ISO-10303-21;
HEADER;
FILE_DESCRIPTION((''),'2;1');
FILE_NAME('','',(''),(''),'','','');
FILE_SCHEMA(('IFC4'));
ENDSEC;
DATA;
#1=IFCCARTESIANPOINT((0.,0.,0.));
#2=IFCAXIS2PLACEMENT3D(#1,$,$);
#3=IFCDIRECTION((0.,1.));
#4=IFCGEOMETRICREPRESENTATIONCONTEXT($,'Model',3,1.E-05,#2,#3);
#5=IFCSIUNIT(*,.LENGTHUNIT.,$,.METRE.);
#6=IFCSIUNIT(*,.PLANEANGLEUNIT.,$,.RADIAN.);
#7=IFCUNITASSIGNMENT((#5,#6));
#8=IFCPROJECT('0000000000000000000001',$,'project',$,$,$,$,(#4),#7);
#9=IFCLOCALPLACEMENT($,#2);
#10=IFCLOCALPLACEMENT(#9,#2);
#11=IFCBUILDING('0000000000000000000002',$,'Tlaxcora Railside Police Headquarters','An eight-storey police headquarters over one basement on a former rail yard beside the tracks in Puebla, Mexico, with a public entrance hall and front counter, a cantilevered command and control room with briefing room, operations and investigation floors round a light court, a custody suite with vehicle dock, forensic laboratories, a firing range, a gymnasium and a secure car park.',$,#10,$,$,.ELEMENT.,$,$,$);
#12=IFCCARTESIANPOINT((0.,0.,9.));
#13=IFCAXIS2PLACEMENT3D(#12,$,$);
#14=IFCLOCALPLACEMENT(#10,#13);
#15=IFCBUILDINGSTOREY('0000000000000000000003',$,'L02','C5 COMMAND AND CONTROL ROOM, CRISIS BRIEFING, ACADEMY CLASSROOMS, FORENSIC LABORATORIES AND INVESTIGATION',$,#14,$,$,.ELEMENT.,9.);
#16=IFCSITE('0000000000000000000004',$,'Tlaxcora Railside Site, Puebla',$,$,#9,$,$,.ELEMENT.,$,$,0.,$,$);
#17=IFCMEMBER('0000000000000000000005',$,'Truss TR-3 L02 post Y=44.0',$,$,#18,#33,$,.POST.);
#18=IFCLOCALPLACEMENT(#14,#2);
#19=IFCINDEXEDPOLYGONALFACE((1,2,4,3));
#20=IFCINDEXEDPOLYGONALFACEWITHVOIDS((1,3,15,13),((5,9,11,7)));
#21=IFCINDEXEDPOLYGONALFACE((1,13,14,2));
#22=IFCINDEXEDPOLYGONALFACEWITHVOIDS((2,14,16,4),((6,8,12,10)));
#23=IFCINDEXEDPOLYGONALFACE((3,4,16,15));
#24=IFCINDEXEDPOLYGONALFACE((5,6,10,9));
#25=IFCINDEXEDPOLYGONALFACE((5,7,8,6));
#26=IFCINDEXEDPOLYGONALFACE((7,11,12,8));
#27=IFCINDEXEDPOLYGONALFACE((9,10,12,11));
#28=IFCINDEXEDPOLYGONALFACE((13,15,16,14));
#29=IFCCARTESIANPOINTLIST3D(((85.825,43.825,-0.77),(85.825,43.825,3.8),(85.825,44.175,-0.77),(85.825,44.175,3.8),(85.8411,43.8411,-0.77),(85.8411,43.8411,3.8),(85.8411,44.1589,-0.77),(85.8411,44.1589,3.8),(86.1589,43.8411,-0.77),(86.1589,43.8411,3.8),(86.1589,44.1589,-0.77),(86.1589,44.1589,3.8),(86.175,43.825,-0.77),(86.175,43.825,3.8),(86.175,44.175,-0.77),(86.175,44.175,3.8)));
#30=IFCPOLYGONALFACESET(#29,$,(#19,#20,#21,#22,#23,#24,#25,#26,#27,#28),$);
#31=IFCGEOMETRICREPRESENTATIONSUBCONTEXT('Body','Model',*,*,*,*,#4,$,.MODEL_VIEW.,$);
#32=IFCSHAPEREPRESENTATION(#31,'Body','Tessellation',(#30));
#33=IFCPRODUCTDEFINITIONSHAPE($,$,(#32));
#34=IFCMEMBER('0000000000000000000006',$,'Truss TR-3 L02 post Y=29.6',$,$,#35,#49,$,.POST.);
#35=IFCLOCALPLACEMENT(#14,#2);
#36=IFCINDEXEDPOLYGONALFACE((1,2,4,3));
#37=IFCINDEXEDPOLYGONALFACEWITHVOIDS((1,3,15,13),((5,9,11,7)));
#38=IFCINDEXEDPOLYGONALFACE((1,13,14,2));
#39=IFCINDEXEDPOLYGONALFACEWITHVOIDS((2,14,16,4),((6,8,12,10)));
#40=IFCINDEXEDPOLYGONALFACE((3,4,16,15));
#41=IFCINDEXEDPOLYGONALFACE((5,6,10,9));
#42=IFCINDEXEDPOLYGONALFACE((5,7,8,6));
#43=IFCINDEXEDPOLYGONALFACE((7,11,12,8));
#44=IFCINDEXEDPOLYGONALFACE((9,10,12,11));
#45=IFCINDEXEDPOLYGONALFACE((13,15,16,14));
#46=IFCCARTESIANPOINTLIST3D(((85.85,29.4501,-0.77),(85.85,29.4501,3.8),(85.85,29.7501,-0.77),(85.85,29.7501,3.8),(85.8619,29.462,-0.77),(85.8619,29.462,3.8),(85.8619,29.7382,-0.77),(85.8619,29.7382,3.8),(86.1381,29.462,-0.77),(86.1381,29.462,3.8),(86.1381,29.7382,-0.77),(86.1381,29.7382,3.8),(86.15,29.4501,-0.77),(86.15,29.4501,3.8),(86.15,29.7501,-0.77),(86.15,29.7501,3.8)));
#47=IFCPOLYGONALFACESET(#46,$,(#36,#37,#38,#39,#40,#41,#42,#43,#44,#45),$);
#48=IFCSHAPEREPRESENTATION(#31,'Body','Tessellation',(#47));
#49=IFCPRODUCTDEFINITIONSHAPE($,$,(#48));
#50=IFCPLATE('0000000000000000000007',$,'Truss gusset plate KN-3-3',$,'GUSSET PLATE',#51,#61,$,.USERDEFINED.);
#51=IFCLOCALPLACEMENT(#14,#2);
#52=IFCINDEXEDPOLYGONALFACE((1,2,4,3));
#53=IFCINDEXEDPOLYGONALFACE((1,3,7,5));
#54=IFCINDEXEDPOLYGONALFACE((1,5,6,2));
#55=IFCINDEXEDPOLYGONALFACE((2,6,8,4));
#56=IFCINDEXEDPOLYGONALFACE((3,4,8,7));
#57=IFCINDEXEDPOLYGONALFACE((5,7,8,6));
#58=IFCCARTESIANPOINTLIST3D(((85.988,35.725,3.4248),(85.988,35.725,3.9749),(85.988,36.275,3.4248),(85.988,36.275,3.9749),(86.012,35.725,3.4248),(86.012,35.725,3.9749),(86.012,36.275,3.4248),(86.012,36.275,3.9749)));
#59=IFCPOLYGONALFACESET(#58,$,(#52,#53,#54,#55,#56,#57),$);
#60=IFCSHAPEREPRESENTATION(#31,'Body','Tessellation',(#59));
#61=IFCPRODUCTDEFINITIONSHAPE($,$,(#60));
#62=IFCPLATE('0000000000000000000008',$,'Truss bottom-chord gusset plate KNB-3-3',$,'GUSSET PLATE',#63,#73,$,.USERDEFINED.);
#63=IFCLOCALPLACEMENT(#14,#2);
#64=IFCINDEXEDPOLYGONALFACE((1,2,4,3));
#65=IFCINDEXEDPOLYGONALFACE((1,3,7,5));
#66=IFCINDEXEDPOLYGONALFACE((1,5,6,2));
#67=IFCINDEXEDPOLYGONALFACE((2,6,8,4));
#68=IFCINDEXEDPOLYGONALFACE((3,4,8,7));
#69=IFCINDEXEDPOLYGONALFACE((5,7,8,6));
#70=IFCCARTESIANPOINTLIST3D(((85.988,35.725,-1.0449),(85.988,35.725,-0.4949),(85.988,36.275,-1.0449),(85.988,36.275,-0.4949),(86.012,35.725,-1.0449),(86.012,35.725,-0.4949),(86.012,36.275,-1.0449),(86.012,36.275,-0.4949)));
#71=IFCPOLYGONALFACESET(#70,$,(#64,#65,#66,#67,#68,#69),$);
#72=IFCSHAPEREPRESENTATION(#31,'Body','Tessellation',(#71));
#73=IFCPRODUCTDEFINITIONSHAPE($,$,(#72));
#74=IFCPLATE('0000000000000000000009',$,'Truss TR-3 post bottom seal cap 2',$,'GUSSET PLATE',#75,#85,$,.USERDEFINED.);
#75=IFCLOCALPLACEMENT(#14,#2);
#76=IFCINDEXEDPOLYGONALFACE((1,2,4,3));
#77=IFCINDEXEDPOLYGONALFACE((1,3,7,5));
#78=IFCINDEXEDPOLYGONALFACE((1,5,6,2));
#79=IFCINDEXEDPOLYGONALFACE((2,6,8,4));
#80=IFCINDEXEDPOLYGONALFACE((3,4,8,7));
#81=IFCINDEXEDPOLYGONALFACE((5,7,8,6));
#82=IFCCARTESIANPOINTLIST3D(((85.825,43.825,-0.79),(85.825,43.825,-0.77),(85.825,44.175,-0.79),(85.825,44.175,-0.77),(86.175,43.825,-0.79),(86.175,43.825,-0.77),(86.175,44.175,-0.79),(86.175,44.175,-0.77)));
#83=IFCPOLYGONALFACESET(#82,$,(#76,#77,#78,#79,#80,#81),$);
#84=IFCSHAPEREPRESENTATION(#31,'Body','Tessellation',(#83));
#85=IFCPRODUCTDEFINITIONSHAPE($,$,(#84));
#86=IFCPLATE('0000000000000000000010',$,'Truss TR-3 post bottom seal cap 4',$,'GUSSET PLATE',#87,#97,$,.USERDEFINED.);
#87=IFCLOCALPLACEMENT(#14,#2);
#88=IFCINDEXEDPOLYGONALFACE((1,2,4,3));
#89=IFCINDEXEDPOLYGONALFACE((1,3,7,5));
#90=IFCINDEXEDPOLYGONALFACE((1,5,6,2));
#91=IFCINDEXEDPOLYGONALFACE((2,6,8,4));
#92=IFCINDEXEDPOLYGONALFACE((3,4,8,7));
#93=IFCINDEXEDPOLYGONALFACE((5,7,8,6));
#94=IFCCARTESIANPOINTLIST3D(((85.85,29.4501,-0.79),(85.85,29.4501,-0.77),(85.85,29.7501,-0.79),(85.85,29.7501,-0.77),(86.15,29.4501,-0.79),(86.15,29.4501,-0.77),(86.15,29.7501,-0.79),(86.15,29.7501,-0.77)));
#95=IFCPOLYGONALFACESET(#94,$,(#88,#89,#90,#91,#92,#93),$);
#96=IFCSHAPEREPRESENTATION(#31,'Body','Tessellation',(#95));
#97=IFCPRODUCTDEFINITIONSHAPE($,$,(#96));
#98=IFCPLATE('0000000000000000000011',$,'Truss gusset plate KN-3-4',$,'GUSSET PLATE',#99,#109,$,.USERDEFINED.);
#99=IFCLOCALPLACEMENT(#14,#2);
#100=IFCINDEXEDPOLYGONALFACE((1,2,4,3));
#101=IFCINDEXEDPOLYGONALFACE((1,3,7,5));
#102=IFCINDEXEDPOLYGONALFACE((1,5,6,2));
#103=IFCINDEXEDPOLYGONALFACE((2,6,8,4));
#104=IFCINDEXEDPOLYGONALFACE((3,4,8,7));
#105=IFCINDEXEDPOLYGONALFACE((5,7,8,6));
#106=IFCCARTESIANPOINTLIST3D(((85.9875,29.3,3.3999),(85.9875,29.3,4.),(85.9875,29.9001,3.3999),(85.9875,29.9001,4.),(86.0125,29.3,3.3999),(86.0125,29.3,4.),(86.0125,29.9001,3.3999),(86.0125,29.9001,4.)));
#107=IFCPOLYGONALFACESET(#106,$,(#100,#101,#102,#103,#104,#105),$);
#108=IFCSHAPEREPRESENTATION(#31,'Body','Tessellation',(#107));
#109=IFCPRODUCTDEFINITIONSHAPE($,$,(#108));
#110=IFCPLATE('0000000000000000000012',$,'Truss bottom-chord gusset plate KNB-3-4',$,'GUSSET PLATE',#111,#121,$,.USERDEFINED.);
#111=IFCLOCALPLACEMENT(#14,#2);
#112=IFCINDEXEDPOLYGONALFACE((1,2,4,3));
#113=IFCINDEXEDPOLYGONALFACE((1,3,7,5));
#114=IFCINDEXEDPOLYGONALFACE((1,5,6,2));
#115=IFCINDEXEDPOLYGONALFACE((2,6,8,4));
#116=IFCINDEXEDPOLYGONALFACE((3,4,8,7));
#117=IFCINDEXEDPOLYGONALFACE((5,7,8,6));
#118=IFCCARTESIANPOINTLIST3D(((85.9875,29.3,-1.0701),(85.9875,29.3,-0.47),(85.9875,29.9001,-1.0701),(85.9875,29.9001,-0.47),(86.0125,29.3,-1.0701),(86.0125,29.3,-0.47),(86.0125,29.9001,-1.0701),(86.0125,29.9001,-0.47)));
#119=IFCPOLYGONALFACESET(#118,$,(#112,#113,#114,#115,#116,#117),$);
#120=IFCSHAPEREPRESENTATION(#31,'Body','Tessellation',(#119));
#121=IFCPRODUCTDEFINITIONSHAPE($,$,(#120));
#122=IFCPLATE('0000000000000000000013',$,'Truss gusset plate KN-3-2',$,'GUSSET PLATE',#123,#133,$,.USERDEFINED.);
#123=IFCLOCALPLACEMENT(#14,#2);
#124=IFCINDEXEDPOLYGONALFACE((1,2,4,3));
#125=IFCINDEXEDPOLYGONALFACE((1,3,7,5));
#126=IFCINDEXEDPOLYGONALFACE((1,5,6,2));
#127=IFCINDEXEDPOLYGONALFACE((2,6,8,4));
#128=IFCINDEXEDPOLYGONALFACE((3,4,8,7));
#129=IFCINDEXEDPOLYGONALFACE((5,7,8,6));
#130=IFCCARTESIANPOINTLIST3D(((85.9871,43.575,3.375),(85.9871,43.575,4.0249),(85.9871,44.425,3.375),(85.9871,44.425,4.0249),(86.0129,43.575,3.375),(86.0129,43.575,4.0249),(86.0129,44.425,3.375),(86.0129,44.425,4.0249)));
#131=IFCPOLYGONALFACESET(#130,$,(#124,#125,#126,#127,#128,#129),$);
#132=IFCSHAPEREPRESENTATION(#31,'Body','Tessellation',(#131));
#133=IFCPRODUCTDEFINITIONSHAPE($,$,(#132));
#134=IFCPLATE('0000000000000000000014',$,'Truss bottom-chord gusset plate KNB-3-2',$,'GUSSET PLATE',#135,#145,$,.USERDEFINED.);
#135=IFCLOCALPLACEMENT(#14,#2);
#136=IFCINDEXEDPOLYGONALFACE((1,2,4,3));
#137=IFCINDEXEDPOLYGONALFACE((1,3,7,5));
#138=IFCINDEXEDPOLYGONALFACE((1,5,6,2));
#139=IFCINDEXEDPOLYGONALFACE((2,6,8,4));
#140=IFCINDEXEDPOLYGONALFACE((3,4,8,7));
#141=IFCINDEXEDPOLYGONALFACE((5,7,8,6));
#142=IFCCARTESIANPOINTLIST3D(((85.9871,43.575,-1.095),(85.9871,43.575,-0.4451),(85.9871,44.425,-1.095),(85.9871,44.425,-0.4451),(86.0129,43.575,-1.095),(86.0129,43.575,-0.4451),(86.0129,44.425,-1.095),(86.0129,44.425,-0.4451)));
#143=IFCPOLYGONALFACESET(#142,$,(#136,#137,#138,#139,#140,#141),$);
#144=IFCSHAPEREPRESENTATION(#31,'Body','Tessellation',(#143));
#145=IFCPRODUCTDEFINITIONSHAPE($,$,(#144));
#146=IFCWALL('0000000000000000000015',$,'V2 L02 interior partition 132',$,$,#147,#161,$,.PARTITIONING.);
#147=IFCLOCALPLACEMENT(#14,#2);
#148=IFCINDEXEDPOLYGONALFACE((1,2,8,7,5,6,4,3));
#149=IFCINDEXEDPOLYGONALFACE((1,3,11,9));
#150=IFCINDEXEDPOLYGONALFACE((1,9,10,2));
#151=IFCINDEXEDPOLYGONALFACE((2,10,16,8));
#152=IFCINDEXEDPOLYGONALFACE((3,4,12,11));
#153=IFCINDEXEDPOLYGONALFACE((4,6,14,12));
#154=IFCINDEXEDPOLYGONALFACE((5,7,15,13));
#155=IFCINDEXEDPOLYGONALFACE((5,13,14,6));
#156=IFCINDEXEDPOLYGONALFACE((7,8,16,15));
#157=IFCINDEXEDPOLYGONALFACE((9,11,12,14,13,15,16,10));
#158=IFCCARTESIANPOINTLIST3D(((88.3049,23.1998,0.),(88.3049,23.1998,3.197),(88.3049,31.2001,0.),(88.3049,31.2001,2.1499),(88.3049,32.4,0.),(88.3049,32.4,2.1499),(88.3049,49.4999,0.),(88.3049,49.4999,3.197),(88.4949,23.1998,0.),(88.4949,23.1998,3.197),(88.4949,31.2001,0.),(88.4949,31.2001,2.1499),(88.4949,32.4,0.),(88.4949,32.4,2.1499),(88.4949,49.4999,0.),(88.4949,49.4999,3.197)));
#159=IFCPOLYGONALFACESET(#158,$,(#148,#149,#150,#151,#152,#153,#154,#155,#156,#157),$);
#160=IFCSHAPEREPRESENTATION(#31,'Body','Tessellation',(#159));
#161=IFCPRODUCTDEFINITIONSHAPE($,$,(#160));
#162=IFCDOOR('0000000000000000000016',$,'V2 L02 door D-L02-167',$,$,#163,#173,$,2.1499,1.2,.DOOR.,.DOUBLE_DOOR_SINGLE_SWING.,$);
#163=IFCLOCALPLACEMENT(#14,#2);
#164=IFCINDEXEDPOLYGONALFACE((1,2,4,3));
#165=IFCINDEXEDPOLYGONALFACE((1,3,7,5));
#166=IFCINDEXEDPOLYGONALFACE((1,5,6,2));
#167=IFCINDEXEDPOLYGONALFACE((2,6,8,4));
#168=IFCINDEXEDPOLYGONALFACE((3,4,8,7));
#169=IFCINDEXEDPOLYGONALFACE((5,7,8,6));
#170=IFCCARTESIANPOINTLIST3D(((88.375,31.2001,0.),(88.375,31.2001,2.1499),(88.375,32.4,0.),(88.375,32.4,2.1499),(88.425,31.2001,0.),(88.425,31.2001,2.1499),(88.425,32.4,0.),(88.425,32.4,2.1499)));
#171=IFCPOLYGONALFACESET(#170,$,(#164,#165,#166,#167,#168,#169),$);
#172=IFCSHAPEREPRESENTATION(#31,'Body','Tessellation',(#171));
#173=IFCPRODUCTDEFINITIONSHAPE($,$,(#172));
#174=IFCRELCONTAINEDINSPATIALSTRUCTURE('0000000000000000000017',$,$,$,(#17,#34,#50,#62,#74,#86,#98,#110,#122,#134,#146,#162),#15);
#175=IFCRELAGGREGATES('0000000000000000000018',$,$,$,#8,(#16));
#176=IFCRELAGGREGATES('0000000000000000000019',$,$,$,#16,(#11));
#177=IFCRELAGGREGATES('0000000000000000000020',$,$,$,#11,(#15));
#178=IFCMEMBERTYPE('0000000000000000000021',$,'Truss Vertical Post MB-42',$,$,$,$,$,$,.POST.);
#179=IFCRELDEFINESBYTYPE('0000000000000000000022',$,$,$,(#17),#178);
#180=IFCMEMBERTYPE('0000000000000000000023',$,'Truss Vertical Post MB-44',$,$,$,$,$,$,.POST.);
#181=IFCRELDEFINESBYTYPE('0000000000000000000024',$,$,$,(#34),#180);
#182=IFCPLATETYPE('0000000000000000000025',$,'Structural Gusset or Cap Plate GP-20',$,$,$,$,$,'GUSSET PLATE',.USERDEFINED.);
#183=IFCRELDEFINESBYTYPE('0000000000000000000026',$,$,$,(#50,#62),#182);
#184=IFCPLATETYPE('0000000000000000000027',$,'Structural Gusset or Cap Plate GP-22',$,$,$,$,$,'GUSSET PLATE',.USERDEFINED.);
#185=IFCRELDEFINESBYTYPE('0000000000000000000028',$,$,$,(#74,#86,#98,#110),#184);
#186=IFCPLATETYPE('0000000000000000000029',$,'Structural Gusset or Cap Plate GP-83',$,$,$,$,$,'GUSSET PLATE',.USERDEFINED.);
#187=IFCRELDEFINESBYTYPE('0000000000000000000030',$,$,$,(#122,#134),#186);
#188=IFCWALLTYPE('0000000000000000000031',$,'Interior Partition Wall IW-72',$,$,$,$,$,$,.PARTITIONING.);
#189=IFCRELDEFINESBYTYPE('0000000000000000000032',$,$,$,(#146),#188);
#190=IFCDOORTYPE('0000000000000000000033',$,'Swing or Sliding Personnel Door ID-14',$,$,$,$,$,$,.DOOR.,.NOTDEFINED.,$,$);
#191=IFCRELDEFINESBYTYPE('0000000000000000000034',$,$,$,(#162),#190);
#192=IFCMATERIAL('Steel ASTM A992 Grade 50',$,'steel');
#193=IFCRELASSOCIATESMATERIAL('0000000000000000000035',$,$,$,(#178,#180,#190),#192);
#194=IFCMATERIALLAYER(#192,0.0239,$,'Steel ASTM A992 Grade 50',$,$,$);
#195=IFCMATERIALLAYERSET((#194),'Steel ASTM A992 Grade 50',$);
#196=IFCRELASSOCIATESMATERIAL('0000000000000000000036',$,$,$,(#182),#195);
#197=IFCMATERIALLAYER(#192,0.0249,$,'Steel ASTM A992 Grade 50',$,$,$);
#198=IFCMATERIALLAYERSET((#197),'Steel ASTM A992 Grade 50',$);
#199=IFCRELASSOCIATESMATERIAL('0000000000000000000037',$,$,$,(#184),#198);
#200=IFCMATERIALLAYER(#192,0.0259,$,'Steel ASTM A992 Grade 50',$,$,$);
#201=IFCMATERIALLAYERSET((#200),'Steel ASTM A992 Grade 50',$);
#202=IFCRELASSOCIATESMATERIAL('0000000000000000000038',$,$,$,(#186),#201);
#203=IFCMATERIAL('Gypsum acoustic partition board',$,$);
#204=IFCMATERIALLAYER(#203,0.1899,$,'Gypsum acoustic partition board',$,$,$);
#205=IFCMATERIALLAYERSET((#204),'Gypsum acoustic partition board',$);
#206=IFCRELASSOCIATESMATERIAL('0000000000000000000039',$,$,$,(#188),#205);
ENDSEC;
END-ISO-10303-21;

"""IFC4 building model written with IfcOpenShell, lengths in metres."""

from ifc_helpers import new_model, si_unit, direction, frame, frame_2d, origin, origin_2d, place, context, subcontext, project, spatial, rectangle, hollow_rectangle, extrude, material, layer, layer_set, material_profile, profile_set, type_object, element, fill, save


model = new_model("IFC4")

# Units and contexts
model_context = context("Model", 3, precision=1e-05, world=origin(), true_north=direction((0.0, 1.0)))
body_context = subcontext(model_context, "Body", "Model", "MODEL_VIEW")
ifc_project = project(units=[si_unit("LENGTHUNIT", "METRE"), si_unit("PLANEANGLEUNIT", "RADIAN")], contexts=[model_context])

# Site, building, storey
site_placement = place(None, origin())
site = spatial("IfcSite", under=ifc_project, at=site_placement, Name="Tlaxcora Railside Site, Puebla", CompositionType="ELEMENT", RefElevation=0.0)
building_placement = place(site_placement, origin())
building = spatial("IfcBuilding", under=site, at=building_placement, Name="Tlaxcora Railside Police Headquarters", Description="An eight-storey police headquarters over one basement on a former rail yard beside the tracks in Puebla, Mexico, with a public entrance hall and front counter, a cantilevered command and control room with briefing room, operations and investigation floors round a light court, a custody suite with vehicle dock, forensic laboratories, a firing range, a gymnasium and a secure car park.", CompositionType="ELEMENT")
storey_placement = place(building_placement, frame((0.0, 0.0, 9.0)))
storey = spatial("IfcBuildingStorey", under=building, at=storey_placement, Name="L02", Description="C5 COMMAND AND CONTROL ROOM, CRISIS BRIEFING, ACADEMY CLASSROOMS, FORENSIC LABORATORIES AND INVESTIGATION", CompositionType="ELEMENT", Elevation=9.0)

# Shared definitions
ifc_material_1 = material(Name="Steel ASTM A992 Grade 50", Category="steel")

# Members
ifc_material_profile_1 = material_profile(ifc_material_1, hollow_rectangle(XDim=0.3501, YDim=0.3501, WallThickness=0.0161, at=origin_2d()), Name="HSS350X350X16")
ifc_profile_set_1 = profile_set([ifc_material_profile_1], Name="Steel ASTM A992 Grade 50")
member_type_1 = type_object("IfcMemberType", Name="Truss Vertical Post MB-42", PredefinedType="POST", material=ifc_profile_set_1)
member_1_placement = place(storey_placement, frame((86.0, 44.0, -0.77), z_axis=(0.0, 0.0, 1.0), x_axis=(1.0, 0.0, 0.0)))
element("IfcMember", 1, at=member_1_placement, inside=storey, type_object=member_type_1, Name="Truss TR-3 L02 post Y=44.0", PredefinedType="POST", context=body_context, shape_type="SweptSolid", body=[
    extrude(hollow_rectangle(XDim=0.3501, YDim=0.3501, WallThickness=0.0161, at=origin_2d()), origin(), (0.0, 0.0, 1.0), 4.5701),
])
ifc_material_profile_2 = material_profile(ifc_material_1, hollow_rectangle(XDim=0.3, YDim=0.3, WallThickness=0.012, at=origin_2d()), Name="HSS300X300X12")
ifc_profile_set_2 = profile_set([ifc_material_profile_2], Name="Steel ASTM A992 Grade 50")
member_type_2 = type_object("IfcMemberType", Name="Truss Vertical Post MB-44", PredefinedType="POST", material=ifc_profile_set_2)
member_2_placement = place(storey_placement, frame((86.0, 29.6001, -0.77), z_axis=(0.0, 0.0, 1.0), x_axis=(1.0, 0.0, 0.0)))
element("IfcMember", 2, at=member_2_placement, inside=storey, type_object=member_type_2, Name="Truss TR-3 L02 post Y=29.6", PredefinedType="POST", context=body_context, shape_type="SweptSolid", body=[
    extrude(hollow_rectangle(XDim=0.3, YDim=0.3, WallThickness=0.012, at=origin_2d()), origin(), (0.0, 0.0, 1.0), 4.5701),
])

# Plates
ifc_layer_1 = layer(ifc_material_1, 0.0239, Name="Steel ASTM A992 Grade 50")
ifc_layer_set_1 = layer_set([ifc_layer_1], Name="Steel ASTM A992 Grade 50")
plate_type_1 = type_object("IfcPlateType", Name="Structural Gusset or Cap Plate GP-20", ElementType="GUSSET PLATE", PredefinedType="USERDEFINED", material=ifc_layer_set_1)
for number, where, z_axis, x_axis, name in (
    (3, (86.0, 36.0, 3.4248), (0.0, 0.0, 1.0), (0.0, 1.0, 0.0), "Truss gusset plate KN-3-3"),
    (4, (86.0, 36.0, -1.0449), (0.0, 0.0, 1.0), (0.0, 1.0, 0.0), "Truss bottom-chord gusset plate KNB-3-3"),
):
    element("IfcPlate", number, at=place(storey_placement, frame(where, z_axis=z_axis, x_axis=x_axis)), inside=storey, type_object=plate_type_1, Name=name, ObjectType="GUSSET PLATE", PredefinedType="USERDEFINED", context=body_context, shape_type="SweptSolid", body=[
        extrude(rectangle(XDim=0.55, YDim=0.0239, at=origin_2d()), origin(), (0.0, 0.0, 1.0), 0.55),
    ])
ifc_layer_2 = layer(ifc_material_1, 0.0249, Name="Steel ASTM A992 Grade 50")
ifc_layer_set_2 = layer_set([ifc_layer_2], Name="Steel ASTM A992 Grade 50")
plate_type_2 = type_object("IfcPlateType", Name="Structural Gusset or Cap Plate GP-22", ElementType="GUSSET PLATE", PredefinedType="USERDEFINED", material=ifc_layer_set_2)
plate_1_placement = place(storey_placement, frame((86.0, 44.0, -0.79), z_axis=(0.0, 0.0, 1.0), x_axis=(1.0, 0.0, 0.0)))
element("IfcPlate", 5, at=plate_1_placement, inside=storey, type_object=plate_type_2, Name="Truss TR-3 post bottom seal cap 2", ObjectType="GUSSET PLATE", PredefinedType="USERDEFINED", context=body_context, shape_type="SweptSolid", body=[
    extrude(rectangle(XDim=0.3501, YDim=0.3501, at=origin_2d()), origin(), (0.0, 0.0, 1.0), 0.02),
])
plate_2_placement = place(storey_placement, frame((86.0, 29.6001, -0.79), z_axis=(0.0, 0.0, 1.0), x_axis=(1.0, 0.0, 0.0)))
element("IfcPlate", 6, at=plate_2_placement, inside=storey, type_object=plate_type_2, Name="Truss TR-3 post bottom seal cap 4", ObjectType="GUSSET PLATE", PredefinedType="USERDEFINED", context=body_context, shape_type="SweptSolid", body=[
    extrude(rectangle(XDim=0.3, YDim=0.3, at=origin_2d()), origin(), (0.0, 0.0, 1.0), 0.02),
])
for number, where, z_axis, x_axis, name in (
    (7, (86.0, 29.6001, 3.3999), (0.0, 0.0, 1.0), (0.0, 1.0, 0.0), "Truss gusset plate KN-3-4"),
    (8, (86.0, 29.6001, -1.0701), (0.0, 0.0, 1.0), (0.0, 1.0, 0.0), "Truss bottom-chord gusset plate KNB-3-4"),
):
    element("IfcPlate", number, at=place(storey_placement, frame(where, z_axis=z_axis, x_axis=x_axis)), inside=storey, type_object=plate_type_2, Name=name, ObjectType="GUSSET PLATE", PredefinedType="USERDEFINED", context=body_context, shape_type="SweptSolid", body=[
        extrude(rectangle(XDim=0.6001, YDim=0.0249, at=origin_2d()), origin(), (0.0, 0.0, 1.0), 0.6001),
    ])
ifc_layer_3 = layer(ifc_material_1, 0.0259, Name="Steel ASTM A992 Grade 50")
ifc_layer_set_3 = layer_set([ifc_layer_3], Name="Steel ASTM A992 Grade 50")
plate_type_3 = type_object("IfcPlateType", Name="Structural Gusset or Cap Plate GP-83", ElementType="GUSSET PLATE", PredefinedType="USERDEFINED", material=ifc_layer_set_3)
for number, where, z_axis, x_axis, name in (
    (9, (86.0, 44.0, 3.375), (0.0, 0.0, 1.0), (0.0, 1.0, 0.0), "Truss gusset plate KN-3-2"),
    (10, (86.0, 44.0, -1.095), (0.0, 0.0, 1.0), (0.0, 1.0, 0.0), "Truss bottom-chord gusset plate KNB-3-2"),
):
    element("IfcPlate", number, at=place(storey_placement, frame(where, z_axis=z_axis, x_axis=x_axis)), inside=storey, type_object=plate_type_3, Name=name, ObjectType="GUSSET PLATE", PredefinedType="USERDEFINED", context=body_context, shape_type="SweptSolid", body=[
        extrude(rectangle(XDim=0.8501, YDim=0.0259, at=origin_2d()), origin(), (0.0, 0.0, 1.0), 0.6499),
    ])

# Wall, opening, door
ifc_material_2 = material(Name="Gypsum acoustic partition board")
ifc_layer_4 = layer(ifc_material_2, 0.1899, Name="Gypsum acoustic partition board")
ifc_layer_set_4 = layer_set([ifc_layer_4], Name="Gypsum acoustic partition board")
wall_type_1 = type_object("IfcWallType", Name="Interior Partition Wall IW-72", PredefinedType="PARTITIONING", material=ifc_layer_set_4)
wall_1_placement = place(storey_placement, frame((88.3999, 23.2, 0.0), z_axis=(0.0, 0.0, 1.0), x_axis=(0.0, 1.0, 0.0)))
wall_1 = element("IfcWall", 11, at=wall_1_placement, inside=storey, type_object=wall_type_1, Name="V2 L02 interior partition 132", PredefinedType="PARTITIONING", context=body_context, shape_type="SweptSolid", body=[
    extrude(rectangle(XDim=26.3, YDim=0.1899, at=frame_2d((13.1499, 0.0))), origin(), (0.0, 0.0, 1.0), 3.197),
])
opening_1_placement = place(wall_1_placement, frame((8.0, 0.0, 0.0)))
opening_1 = element("IfcOpeningElement", 12, at=opening_1_placement, cuts=wall_1, PredefinedType="OPENING", context=body_context, shape_type="SweptSolid", body=[
    extrude(rectangle(XDim=1.2, YDim=2.1499, at=frame_2d((0.6001, 1.075))), frame((0.0, 0.105, 0.0), z_axis=(0.0, -1.0, 0.0), x_axis=(1.0, 0.0, 0.0)), (0.0, 0.0, 1.0), 0.21),
])
door_type_1 = type_object("IfcDoorType", Name="Swing or Sliding Personnel Door ID-14", OperationType="NOTDEFINED", PredefinedType="DOOR", material=ifc_material_1)
door_1_placement = place(opening_1_placement, origin())
door_1 = element("IfcDoor", 13, at=door_1_placement, inside=storey, type_object=door_type_1, Name="V2 L02 door D-L02-167", OperationType="DOUBLE_DOOR_SINGLE_SWING", OverallHeight=2.1499, OverallWidth=1.2, PredefinedType="DOOR", context=body_context, shape_type="SweptSolid", body=[
    extrude(rectangle(XDim=1.2, YDim=2.1499, at=frame_2d((0.6001, 1.075))), frame((0.0, 0.0249, 0.0), z_axis=(0.0, -1.0, 0.0), x_axis=(1.0, 0.0, 0.0)), (0.0, 0.0, 1.0), 0.05),
])
fill(opening_1, door_1)

save(model, "model.ifc")
